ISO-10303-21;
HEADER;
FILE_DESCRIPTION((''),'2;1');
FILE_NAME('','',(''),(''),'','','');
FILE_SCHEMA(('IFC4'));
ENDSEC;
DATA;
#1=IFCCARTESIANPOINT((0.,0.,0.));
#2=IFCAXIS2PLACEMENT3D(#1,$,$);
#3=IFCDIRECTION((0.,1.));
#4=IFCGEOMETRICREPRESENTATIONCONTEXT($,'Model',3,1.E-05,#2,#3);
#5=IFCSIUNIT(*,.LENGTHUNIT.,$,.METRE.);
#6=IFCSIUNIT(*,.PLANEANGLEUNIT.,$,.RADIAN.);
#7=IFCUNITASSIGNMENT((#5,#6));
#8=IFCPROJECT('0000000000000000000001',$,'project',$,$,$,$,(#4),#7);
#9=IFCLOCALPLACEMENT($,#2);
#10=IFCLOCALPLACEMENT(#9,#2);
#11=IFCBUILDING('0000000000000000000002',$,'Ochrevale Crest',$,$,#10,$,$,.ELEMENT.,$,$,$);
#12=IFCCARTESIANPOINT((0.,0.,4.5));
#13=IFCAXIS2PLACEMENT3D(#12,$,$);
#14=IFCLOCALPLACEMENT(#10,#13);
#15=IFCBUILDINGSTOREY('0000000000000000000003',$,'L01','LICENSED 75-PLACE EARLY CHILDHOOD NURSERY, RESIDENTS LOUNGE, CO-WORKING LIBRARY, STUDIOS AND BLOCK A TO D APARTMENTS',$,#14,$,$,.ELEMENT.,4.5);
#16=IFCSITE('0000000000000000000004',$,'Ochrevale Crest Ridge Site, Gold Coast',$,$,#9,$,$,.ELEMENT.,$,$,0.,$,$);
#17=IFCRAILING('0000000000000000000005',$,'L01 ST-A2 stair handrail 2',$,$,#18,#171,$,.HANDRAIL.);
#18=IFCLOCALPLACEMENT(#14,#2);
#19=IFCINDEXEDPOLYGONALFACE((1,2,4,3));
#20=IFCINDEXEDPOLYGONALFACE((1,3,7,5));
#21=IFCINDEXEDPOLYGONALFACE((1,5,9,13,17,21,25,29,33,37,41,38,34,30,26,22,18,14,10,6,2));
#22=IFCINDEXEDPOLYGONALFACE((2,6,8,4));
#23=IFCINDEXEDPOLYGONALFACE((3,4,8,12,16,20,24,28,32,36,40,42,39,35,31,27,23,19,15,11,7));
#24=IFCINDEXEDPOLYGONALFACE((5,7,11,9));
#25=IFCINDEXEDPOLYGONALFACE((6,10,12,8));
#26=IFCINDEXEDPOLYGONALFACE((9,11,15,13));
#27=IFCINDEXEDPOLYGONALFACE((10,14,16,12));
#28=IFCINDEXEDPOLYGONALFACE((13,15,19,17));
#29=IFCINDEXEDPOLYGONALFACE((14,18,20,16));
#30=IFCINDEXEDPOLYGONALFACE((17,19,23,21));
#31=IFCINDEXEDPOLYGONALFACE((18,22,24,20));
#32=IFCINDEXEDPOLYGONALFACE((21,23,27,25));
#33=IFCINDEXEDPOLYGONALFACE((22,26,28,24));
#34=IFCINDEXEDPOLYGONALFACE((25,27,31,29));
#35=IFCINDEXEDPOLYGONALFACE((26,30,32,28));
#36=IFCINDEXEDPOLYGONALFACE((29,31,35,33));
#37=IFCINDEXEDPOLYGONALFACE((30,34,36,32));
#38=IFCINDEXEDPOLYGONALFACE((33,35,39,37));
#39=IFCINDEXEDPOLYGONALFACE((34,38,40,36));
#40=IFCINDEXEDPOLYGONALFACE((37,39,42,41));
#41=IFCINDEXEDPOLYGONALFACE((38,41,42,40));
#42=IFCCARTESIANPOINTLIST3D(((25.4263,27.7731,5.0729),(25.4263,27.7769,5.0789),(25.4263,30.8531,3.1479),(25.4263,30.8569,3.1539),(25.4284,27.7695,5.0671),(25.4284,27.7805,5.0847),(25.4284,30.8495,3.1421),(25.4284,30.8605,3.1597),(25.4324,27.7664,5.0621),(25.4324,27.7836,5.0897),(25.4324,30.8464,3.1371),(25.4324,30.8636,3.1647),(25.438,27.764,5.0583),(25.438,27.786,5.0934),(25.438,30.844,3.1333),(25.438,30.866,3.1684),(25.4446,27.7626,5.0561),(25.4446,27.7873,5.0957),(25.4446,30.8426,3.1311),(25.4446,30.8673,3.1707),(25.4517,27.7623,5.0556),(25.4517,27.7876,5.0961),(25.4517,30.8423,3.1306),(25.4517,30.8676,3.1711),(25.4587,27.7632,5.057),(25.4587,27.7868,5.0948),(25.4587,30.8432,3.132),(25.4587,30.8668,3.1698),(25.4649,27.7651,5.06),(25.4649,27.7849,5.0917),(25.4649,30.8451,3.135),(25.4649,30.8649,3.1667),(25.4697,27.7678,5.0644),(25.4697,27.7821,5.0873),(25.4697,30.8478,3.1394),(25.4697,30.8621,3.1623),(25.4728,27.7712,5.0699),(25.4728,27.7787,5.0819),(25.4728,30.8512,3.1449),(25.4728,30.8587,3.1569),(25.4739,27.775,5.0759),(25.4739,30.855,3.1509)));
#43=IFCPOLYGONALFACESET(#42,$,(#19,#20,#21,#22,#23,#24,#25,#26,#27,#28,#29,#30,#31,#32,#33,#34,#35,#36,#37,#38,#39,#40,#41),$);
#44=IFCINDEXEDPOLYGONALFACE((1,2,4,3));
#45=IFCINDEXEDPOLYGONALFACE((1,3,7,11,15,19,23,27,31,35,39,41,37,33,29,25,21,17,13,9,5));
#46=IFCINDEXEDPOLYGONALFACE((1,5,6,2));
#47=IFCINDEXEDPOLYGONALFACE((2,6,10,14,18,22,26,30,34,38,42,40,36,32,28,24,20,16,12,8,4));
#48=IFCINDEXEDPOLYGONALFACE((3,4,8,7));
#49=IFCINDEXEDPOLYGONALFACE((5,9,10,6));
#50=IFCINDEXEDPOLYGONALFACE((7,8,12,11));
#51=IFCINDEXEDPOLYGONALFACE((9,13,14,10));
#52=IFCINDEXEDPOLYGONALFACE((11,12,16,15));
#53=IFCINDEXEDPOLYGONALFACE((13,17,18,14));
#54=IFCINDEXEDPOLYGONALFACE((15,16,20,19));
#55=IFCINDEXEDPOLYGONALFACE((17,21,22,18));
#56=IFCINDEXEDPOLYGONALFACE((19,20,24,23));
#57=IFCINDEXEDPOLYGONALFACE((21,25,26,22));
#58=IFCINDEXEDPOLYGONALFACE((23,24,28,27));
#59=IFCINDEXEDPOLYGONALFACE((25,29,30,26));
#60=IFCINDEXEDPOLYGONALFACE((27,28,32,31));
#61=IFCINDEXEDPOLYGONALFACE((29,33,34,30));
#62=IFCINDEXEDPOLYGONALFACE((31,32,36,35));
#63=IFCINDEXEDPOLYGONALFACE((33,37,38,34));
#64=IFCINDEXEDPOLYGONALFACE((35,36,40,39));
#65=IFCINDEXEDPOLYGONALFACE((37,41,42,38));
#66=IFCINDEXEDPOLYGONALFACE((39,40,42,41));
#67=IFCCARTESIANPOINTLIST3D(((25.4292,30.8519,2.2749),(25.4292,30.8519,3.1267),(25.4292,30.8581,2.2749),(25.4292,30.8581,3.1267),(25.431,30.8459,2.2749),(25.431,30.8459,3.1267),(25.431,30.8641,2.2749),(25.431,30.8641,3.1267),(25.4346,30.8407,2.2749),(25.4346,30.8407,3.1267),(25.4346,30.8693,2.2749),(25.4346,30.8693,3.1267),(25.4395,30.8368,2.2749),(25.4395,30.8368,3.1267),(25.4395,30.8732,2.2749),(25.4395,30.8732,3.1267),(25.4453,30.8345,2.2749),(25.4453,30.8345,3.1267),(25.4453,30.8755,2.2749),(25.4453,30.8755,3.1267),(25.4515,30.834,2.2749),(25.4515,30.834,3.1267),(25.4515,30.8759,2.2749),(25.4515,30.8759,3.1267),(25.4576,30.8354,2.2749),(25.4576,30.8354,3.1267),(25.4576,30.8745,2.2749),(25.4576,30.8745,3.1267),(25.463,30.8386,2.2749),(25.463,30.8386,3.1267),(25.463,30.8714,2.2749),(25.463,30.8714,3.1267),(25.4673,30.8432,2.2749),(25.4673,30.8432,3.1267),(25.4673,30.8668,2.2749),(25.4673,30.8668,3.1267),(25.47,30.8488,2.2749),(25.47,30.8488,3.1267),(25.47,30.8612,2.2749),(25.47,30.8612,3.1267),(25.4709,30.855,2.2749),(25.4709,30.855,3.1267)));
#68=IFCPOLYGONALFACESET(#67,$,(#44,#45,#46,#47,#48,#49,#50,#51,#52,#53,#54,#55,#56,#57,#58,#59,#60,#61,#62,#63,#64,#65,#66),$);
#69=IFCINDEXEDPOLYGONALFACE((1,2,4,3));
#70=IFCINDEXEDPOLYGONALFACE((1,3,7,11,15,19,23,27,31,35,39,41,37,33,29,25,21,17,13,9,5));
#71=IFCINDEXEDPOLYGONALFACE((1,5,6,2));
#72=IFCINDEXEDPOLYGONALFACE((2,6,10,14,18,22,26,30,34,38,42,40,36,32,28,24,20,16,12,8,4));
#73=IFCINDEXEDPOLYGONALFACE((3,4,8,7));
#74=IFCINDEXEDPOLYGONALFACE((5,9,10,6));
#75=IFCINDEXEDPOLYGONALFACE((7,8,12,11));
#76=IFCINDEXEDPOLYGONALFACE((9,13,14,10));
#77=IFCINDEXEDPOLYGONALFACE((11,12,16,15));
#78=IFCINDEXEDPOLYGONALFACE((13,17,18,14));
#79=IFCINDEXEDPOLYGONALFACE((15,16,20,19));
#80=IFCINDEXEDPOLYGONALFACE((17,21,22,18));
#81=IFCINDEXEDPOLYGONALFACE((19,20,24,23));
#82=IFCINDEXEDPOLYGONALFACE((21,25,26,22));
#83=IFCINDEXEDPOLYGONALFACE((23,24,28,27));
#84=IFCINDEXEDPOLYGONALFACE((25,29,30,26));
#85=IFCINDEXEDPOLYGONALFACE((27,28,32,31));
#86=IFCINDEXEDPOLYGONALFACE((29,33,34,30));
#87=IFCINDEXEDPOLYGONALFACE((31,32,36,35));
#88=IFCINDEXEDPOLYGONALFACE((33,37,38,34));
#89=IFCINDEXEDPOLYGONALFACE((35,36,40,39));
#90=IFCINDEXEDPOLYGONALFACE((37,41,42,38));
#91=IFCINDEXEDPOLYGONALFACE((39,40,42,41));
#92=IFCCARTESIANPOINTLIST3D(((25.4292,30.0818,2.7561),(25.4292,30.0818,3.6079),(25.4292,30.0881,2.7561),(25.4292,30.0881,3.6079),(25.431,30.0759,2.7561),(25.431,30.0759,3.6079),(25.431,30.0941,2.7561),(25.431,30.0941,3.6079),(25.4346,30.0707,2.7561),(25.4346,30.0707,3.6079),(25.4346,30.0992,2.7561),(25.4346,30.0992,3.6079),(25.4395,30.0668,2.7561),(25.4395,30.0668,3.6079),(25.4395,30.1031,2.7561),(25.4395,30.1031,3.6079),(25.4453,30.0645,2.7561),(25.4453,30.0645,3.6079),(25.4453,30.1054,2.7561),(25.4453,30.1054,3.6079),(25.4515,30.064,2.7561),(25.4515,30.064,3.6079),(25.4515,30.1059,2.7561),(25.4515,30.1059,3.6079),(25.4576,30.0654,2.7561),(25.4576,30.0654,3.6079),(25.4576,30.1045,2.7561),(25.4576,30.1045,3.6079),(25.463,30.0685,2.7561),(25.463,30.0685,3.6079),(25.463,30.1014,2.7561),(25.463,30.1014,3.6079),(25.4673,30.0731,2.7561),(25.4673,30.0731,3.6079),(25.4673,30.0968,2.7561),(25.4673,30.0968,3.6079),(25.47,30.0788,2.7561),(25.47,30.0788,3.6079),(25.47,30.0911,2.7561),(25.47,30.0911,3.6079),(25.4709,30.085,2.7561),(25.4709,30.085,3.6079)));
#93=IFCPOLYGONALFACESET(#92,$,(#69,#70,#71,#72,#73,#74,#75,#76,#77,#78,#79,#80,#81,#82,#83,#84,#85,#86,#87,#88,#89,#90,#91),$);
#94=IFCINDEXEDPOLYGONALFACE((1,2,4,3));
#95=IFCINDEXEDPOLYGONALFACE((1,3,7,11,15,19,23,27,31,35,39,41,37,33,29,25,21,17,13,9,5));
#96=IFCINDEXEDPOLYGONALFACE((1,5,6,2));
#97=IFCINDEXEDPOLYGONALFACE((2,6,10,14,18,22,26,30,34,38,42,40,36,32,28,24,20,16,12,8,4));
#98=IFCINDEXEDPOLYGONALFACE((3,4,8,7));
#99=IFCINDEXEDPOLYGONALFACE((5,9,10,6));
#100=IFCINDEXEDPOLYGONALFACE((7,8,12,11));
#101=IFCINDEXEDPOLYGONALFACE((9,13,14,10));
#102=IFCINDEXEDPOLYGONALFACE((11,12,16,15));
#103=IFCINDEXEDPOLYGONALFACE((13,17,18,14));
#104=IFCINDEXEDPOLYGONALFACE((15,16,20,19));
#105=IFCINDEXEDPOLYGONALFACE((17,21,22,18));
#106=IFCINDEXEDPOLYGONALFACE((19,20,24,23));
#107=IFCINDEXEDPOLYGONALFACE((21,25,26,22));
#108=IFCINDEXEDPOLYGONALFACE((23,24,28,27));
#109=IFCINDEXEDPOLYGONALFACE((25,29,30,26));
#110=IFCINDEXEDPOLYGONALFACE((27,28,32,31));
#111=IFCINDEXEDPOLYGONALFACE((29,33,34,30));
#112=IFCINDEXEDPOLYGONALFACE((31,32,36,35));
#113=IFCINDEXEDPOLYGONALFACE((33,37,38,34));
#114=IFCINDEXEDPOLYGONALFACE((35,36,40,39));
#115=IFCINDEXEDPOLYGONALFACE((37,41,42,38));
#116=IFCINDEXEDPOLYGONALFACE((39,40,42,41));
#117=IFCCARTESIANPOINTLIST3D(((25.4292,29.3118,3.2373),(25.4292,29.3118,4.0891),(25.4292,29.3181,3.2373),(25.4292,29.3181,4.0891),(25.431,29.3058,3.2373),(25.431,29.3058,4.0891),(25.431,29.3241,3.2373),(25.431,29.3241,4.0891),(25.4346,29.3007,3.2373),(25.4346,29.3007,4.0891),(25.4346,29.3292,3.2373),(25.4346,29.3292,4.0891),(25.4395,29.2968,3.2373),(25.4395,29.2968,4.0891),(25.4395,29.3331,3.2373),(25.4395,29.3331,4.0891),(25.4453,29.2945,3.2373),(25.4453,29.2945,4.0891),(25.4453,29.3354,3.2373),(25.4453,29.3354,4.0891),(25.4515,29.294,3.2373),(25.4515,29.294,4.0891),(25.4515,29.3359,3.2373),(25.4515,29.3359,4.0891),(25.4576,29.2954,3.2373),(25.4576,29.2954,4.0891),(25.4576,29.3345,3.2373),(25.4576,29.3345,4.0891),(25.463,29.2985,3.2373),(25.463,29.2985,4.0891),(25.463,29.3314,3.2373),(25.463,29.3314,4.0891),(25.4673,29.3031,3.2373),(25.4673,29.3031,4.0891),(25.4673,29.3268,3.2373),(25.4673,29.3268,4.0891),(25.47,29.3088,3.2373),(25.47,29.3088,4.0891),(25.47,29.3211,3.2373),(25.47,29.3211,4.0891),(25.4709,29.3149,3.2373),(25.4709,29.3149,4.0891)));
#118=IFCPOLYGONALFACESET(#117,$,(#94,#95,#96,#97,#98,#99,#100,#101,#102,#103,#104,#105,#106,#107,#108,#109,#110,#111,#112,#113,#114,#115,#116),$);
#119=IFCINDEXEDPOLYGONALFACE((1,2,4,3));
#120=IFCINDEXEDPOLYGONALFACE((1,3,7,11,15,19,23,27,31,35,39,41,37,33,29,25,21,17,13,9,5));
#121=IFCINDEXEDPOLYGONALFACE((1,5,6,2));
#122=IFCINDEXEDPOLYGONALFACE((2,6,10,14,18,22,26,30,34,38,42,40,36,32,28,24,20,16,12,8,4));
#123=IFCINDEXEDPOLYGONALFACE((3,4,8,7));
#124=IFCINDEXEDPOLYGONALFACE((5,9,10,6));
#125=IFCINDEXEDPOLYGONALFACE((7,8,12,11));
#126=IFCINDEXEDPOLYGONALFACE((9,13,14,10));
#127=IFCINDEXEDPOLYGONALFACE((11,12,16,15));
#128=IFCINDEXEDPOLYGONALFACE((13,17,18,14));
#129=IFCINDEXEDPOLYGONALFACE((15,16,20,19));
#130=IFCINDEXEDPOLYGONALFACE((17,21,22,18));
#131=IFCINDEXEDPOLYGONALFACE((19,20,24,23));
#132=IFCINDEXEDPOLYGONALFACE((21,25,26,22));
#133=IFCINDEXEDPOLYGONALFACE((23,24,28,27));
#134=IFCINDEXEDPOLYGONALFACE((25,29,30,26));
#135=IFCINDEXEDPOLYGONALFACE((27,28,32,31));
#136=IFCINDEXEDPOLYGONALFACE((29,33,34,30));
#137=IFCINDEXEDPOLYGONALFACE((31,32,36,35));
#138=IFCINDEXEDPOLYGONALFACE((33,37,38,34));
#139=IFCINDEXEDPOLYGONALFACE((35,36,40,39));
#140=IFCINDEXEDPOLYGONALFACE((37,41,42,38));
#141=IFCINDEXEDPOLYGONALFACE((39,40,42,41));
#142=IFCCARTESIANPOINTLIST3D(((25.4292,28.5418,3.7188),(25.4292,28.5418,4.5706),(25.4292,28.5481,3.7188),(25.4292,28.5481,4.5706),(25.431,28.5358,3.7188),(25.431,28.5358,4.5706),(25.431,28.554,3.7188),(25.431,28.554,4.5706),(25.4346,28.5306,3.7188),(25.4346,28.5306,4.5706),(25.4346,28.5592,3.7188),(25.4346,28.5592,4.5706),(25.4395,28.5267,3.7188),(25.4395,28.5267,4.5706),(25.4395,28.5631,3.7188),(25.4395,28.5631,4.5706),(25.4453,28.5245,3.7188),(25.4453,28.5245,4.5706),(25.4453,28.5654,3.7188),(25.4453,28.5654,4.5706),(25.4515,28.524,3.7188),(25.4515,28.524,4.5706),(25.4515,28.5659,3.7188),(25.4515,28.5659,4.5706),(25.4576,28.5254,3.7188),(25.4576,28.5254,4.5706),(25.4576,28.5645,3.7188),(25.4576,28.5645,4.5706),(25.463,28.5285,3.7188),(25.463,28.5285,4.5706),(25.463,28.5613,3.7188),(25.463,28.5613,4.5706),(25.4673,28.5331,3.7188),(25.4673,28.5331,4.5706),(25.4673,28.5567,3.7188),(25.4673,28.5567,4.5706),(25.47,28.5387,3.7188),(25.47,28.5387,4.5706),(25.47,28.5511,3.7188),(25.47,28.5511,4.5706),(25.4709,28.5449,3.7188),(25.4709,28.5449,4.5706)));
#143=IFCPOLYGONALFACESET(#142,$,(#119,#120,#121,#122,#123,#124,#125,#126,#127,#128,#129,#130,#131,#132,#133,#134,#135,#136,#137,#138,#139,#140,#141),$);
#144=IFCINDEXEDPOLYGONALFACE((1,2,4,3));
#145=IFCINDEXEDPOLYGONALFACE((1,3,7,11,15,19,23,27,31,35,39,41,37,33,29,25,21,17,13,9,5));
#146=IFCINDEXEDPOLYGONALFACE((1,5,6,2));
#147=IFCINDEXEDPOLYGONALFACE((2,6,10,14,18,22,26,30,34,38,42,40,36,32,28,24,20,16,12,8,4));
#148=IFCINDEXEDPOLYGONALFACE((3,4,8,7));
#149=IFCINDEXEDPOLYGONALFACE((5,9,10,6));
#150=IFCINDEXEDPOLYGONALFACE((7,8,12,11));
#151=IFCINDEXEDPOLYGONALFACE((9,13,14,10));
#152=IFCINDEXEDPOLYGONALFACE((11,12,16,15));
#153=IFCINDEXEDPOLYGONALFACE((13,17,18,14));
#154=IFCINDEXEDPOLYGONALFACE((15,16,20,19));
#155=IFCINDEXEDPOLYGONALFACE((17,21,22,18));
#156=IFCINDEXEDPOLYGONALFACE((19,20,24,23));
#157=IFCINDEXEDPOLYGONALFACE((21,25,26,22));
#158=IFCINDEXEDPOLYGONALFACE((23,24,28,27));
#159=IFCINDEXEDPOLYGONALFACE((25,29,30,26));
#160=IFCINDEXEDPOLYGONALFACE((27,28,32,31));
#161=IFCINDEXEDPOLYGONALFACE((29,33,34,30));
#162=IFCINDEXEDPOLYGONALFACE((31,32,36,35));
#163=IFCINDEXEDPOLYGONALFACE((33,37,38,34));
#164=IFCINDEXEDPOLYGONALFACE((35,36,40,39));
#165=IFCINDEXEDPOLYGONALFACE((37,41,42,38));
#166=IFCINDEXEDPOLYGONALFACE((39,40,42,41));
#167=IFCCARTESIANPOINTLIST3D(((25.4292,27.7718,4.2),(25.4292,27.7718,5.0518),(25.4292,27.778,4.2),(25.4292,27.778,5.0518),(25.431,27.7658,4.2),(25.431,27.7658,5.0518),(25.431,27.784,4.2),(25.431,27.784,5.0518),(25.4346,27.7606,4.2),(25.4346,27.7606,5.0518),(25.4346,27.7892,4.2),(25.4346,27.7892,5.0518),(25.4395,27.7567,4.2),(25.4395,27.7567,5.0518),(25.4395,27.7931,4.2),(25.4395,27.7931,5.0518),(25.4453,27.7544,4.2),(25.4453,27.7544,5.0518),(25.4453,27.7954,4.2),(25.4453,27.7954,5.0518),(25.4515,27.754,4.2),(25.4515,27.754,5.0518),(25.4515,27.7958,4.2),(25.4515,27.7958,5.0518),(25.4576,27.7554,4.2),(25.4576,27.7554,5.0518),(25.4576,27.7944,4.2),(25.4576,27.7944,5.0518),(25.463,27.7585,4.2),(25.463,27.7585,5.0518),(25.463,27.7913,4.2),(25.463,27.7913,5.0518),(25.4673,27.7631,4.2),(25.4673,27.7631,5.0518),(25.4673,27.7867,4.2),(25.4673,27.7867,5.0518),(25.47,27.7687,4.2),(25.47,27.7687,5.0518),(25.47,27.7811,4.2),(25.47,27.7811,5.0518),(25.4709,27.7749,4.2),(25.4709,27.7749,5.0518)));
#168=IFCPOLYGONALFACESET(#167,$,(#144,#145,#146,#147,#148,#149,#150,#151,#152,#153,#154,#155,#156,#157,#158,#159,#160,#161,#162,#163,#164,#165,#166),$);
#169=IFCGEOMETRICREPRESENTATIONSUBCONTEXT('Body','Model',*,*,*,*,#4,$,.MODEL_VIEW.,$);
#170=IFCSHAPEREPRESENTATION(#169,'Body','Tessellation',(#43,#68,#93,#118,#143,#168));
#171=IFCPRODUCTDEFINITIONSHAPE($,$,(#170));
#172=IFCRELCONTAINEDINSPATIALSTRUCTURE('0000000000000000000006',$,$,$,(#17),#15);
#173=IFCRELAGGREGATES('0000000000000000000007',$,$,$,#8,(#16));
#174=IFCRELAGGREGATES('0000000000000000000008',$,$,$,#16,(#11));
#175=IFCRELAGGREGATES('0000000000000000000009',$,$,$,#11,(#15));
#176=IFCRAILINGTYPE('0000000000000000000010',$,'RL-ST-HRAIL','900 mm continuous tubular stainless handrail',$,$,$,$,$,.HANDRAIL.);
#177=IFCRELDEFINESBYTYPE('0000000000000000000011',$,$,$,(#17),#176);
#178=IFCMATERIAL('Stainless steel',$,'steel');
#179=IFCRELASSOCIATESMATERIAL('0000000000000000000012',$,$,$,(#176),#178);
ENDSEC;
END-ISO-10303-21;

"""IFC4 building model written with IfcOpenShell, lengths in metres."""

from ifc_helpers import new_model, si_unit, direction, frame, origin, origin_2d, place, context, subcontext, project, spatial, circle, extrude, material, type_object, element, save


model = new_model("IFC4")

# Units and contexts
model_context = context("Model", 3, precision=1e-05, world=origin(), true_north=direction((0.0, 1.0)))
body_context = subcontext(model_context, "Body", "Model", "MODEL_VIEW")
ifc_project = project(units=[si_unit("LENGTHUNIT", "METRE"), si_unit("PLANEANGLEUNIT", "RADIAN")], contexts=[model_context])

# Site, building, storey
site_placement = place(None, origin())
site = spatial("IfcSite", under=ifc_project, at=site_placement, Name="Ochrevale Crest Ridge Site, Gold Coast", CompositionType="ELEMENT", RefElevation=0.0)
building_placement = place(site_placement, origin())
building = spatial("IfcBuilding", under=site, at=building_placement, Name="Ochrevale Crest", CompositionType="ELEMENT")
storey_placement = place(building_placement, frame((0.0, 0.0, 4.5)))
storey = spatial("IfcBuildingStorey", under=building, at=storey_placement, Name="L01", Description="LICENSED 75-PLACE EARLY CHILDHOOD NURSERY, RESIDENTS LOUNGE, CO-WORKING LIBRARY, STUDIOS AND BLOCK A TO D APARTMENTS", CompositionType="ELEMENT", Elevation=4.5)

# Railing
ifc_material_1 = material(Name="Stainless steel", Category="steel")
railing_type_1 = type_object("IfcRailingType", Name="RL-ST-HRAIL", Description="900 mm continuous tubular stainless handrail", PredefinedType="HANDRAIL", material=ifc_material_1)
railing_1_placement = place(storey_placement, frame((25.45, 30.855, 2.2749)))
element("IfcRailing", 1, at=railing_1_placement, inside=storey, type_object=railing_type_1, Name="L01 ST-A2 stair handrail 2", PredefinedType="HANDRAIL", context=body_context, shape_type="SweptSolid", body=[
    extrude(circle(Radius=0.0239, at=origin_2d()), frame((0.0, 0.0, 0.876), z_axis=(0.0, -0.847998, 0.529999), x_axis=(1.0, 0.0, 0.0)), (0.0, 0.0, 1.0), 3.6321),
    extrude(circle(Radius=0.021, at=origin_2d()), origin(), (0.0, 0.0, 1.0), 0.8518),
    extrude(circle(Radius=0.021, at=origin_2d()), frame((0.0, -0.77, 0.4812)), (0.0, 0.0, 1.0), 0.8518),
    extrude(circle(Radius=0.021, at=origin_2d()), frame((0.0, -1.54, 0.9624)), (0.0, 0.0, 1.0), 0.8518),
    extrude(circle(Radius=0.021, at=origin_2d()), frame((0.0, -2.3101, 1.4438)), (0.0, 0.0, 1.0), 0.8518),
    extrude(circle(Radius=0.021, at=origin_2d()), frame((0.0, -3.0801, 1.925)), (0.0, 0.0, 1.0), 0.8518),
])

save(model, "model.ifc")
